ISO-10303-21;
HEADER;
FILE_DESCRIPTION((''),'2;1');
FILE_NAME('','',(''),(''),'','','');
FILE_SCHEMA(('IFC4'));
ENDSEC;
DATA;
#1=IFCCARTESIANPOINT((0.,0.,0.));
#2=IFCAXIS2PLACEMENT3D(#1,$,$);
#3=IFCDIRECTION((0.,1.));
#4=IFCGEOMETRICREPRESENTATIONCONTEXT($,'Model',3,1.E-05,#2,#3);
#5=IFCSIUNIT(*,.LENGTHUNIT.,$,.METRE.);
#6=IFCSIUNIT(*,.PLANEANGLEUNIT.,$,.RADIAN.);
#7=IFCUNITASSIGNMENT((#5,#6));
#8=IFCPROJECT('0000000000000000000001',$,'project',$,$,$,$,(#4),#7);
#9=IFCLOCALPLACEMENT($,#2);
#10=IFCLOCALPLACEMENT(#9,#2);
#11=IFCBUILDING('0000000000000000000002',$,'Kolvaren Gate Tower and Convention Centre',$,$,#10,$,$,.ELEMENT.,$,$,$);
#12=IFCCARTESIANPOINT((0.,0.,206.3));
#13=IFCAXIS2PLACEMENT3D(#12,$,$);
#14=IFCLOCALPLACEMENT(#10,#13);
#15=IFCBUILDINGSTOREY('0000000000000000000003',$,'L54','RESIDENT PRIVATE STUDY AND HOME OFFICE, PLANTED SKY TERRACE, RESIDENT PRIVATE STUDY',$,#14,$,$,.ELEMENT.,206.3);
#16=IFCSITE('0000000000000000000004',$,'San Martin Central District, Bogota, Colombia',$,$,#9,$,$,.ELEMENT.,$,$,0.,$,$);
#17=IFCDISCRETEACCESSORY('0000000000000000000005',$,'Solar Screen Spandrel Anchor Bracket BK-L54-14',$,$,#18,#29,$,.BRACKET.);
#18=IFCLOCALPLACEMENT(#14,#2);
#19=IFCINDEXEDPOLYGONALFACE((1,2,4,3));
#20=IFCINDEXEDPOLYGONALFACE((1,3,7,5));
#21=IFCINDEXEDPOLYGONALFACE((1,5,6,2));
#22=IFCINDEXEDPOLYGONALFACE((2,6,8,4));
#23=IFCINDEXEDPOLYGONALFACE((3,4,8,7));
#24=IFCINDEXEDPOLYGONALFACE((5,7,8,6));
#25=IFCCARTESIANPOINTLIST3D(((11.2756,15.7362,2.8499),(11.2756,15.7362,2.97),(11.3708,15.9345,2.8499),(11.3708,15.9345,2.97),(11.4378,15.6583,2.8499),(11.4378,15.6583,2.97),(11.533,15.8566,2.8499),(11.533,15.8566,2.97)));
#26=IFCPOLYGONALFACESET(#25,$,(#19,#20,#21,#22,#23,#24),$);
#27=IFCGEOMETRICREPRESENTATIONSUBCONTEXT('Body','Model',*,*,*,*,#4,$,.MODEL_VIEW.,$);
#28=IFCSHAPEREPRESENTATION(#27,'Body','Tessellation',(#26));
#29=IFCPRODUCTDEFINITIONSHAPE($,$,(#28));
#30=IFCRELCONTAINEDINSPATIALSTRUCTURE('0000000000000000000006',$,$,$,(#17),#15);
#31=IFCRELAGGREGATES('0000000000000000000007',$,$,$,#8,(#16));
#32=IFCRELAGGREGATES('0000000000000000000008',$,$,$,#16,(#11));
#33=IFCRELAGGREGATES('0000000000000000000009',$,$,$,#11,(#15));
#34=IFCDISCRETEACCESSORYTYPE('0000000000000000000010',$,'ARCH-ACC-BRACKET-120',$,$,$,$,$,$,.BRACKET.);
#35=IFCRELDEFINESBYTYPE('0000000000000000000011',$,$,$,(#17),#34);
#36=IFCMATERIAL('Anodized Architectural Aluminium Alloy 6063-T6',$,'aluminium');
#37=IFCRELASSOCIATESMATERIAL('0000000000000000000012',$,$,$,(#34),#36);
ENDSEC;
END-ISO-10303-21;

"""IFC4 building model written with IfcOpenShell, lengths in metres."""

from ifc_helpers import new_model, si_unit, direction, frame, origin, origin_2d, place, context, subcontext, project, spatial, rectangle, extrude, material, type_object, element, save


model = new_model("IFC4")

# Units and contexts
model_context = context("Model", 3, precision=1e-05, world=origin(), true_north=direction((0.0, 1.0)))
body_context = subcontext(model_context, "Body", "Model", "MODEL_VIEW")
ifc_project = project(units=[si_unit("LENGTHUNIT", "METRE"), si_unit("PLANEANGLEUNIT", "RADIAN")], contexts=[model_context])

# Site, building, storey
site_placement = place(None, origin())
site = spatial("IfcSite", under=ifc_project, at=site_placement, Name="San Martin Central District, Bogota, Colombia", CompositionType="ELEMENT", RefElevation=0.0)
building_placement = place(site_placement, origin())
building = spatial("IfcBuilding", under=site, at=building_placement, Name="Kolvaren Gate Tower and Convention Centre", CompositionType="ELEMENT")
storey_placement = place(building_placement, frame((0.0, 0.0, 206.3)))
storey = spatial("IfcBuildingStorey", under=building, at=storey_placement, Name="L54", Description="RESIDENT PRIVATE STUDY AND HOME OFFICE, PLANTED SKY TERRACE, RESIDENT PRIVATE STUDY", CompositionType="ELEMENT", Elevation=206.3)

# Shared definitions
ifc_material_1 = material(Name="Anodized Architectural Aluminium Alloy 6063-T6", Category="aluminium")

# Discrete accessory
discrete_accessory_type = type_object("IfcDiscreteAccessoryType", Name="ARCH-ACC-BRACKET-120", PredefinedType="BRACKET", material=ifc_material_1)
discrete_accessory_placement = place(storey_placement, frame((11.4043, 15.7964, 2.8499), z_axis=(0.0, 0.0, 1.0), x_axis=(0.901359, -0.433072, 0.0)))
element("IfcDiscreteAccessory", 1, at=discrete_accessory_placement, inside=storey, type_object=discrete_accessory_type, Name="Solar Screen Spandrel Anchor Bracket BK-L54-14", PredefinedType="BRACKET", context=body_context, shape_type="SweptSolid", body=[
    extrude(rectangle(XDim=0.1799, YDim=0.22, at=origin_2d()), origin(), (0.0, 0.0, 1.0), 0.1201),
])

save(model, "model.ifc")
